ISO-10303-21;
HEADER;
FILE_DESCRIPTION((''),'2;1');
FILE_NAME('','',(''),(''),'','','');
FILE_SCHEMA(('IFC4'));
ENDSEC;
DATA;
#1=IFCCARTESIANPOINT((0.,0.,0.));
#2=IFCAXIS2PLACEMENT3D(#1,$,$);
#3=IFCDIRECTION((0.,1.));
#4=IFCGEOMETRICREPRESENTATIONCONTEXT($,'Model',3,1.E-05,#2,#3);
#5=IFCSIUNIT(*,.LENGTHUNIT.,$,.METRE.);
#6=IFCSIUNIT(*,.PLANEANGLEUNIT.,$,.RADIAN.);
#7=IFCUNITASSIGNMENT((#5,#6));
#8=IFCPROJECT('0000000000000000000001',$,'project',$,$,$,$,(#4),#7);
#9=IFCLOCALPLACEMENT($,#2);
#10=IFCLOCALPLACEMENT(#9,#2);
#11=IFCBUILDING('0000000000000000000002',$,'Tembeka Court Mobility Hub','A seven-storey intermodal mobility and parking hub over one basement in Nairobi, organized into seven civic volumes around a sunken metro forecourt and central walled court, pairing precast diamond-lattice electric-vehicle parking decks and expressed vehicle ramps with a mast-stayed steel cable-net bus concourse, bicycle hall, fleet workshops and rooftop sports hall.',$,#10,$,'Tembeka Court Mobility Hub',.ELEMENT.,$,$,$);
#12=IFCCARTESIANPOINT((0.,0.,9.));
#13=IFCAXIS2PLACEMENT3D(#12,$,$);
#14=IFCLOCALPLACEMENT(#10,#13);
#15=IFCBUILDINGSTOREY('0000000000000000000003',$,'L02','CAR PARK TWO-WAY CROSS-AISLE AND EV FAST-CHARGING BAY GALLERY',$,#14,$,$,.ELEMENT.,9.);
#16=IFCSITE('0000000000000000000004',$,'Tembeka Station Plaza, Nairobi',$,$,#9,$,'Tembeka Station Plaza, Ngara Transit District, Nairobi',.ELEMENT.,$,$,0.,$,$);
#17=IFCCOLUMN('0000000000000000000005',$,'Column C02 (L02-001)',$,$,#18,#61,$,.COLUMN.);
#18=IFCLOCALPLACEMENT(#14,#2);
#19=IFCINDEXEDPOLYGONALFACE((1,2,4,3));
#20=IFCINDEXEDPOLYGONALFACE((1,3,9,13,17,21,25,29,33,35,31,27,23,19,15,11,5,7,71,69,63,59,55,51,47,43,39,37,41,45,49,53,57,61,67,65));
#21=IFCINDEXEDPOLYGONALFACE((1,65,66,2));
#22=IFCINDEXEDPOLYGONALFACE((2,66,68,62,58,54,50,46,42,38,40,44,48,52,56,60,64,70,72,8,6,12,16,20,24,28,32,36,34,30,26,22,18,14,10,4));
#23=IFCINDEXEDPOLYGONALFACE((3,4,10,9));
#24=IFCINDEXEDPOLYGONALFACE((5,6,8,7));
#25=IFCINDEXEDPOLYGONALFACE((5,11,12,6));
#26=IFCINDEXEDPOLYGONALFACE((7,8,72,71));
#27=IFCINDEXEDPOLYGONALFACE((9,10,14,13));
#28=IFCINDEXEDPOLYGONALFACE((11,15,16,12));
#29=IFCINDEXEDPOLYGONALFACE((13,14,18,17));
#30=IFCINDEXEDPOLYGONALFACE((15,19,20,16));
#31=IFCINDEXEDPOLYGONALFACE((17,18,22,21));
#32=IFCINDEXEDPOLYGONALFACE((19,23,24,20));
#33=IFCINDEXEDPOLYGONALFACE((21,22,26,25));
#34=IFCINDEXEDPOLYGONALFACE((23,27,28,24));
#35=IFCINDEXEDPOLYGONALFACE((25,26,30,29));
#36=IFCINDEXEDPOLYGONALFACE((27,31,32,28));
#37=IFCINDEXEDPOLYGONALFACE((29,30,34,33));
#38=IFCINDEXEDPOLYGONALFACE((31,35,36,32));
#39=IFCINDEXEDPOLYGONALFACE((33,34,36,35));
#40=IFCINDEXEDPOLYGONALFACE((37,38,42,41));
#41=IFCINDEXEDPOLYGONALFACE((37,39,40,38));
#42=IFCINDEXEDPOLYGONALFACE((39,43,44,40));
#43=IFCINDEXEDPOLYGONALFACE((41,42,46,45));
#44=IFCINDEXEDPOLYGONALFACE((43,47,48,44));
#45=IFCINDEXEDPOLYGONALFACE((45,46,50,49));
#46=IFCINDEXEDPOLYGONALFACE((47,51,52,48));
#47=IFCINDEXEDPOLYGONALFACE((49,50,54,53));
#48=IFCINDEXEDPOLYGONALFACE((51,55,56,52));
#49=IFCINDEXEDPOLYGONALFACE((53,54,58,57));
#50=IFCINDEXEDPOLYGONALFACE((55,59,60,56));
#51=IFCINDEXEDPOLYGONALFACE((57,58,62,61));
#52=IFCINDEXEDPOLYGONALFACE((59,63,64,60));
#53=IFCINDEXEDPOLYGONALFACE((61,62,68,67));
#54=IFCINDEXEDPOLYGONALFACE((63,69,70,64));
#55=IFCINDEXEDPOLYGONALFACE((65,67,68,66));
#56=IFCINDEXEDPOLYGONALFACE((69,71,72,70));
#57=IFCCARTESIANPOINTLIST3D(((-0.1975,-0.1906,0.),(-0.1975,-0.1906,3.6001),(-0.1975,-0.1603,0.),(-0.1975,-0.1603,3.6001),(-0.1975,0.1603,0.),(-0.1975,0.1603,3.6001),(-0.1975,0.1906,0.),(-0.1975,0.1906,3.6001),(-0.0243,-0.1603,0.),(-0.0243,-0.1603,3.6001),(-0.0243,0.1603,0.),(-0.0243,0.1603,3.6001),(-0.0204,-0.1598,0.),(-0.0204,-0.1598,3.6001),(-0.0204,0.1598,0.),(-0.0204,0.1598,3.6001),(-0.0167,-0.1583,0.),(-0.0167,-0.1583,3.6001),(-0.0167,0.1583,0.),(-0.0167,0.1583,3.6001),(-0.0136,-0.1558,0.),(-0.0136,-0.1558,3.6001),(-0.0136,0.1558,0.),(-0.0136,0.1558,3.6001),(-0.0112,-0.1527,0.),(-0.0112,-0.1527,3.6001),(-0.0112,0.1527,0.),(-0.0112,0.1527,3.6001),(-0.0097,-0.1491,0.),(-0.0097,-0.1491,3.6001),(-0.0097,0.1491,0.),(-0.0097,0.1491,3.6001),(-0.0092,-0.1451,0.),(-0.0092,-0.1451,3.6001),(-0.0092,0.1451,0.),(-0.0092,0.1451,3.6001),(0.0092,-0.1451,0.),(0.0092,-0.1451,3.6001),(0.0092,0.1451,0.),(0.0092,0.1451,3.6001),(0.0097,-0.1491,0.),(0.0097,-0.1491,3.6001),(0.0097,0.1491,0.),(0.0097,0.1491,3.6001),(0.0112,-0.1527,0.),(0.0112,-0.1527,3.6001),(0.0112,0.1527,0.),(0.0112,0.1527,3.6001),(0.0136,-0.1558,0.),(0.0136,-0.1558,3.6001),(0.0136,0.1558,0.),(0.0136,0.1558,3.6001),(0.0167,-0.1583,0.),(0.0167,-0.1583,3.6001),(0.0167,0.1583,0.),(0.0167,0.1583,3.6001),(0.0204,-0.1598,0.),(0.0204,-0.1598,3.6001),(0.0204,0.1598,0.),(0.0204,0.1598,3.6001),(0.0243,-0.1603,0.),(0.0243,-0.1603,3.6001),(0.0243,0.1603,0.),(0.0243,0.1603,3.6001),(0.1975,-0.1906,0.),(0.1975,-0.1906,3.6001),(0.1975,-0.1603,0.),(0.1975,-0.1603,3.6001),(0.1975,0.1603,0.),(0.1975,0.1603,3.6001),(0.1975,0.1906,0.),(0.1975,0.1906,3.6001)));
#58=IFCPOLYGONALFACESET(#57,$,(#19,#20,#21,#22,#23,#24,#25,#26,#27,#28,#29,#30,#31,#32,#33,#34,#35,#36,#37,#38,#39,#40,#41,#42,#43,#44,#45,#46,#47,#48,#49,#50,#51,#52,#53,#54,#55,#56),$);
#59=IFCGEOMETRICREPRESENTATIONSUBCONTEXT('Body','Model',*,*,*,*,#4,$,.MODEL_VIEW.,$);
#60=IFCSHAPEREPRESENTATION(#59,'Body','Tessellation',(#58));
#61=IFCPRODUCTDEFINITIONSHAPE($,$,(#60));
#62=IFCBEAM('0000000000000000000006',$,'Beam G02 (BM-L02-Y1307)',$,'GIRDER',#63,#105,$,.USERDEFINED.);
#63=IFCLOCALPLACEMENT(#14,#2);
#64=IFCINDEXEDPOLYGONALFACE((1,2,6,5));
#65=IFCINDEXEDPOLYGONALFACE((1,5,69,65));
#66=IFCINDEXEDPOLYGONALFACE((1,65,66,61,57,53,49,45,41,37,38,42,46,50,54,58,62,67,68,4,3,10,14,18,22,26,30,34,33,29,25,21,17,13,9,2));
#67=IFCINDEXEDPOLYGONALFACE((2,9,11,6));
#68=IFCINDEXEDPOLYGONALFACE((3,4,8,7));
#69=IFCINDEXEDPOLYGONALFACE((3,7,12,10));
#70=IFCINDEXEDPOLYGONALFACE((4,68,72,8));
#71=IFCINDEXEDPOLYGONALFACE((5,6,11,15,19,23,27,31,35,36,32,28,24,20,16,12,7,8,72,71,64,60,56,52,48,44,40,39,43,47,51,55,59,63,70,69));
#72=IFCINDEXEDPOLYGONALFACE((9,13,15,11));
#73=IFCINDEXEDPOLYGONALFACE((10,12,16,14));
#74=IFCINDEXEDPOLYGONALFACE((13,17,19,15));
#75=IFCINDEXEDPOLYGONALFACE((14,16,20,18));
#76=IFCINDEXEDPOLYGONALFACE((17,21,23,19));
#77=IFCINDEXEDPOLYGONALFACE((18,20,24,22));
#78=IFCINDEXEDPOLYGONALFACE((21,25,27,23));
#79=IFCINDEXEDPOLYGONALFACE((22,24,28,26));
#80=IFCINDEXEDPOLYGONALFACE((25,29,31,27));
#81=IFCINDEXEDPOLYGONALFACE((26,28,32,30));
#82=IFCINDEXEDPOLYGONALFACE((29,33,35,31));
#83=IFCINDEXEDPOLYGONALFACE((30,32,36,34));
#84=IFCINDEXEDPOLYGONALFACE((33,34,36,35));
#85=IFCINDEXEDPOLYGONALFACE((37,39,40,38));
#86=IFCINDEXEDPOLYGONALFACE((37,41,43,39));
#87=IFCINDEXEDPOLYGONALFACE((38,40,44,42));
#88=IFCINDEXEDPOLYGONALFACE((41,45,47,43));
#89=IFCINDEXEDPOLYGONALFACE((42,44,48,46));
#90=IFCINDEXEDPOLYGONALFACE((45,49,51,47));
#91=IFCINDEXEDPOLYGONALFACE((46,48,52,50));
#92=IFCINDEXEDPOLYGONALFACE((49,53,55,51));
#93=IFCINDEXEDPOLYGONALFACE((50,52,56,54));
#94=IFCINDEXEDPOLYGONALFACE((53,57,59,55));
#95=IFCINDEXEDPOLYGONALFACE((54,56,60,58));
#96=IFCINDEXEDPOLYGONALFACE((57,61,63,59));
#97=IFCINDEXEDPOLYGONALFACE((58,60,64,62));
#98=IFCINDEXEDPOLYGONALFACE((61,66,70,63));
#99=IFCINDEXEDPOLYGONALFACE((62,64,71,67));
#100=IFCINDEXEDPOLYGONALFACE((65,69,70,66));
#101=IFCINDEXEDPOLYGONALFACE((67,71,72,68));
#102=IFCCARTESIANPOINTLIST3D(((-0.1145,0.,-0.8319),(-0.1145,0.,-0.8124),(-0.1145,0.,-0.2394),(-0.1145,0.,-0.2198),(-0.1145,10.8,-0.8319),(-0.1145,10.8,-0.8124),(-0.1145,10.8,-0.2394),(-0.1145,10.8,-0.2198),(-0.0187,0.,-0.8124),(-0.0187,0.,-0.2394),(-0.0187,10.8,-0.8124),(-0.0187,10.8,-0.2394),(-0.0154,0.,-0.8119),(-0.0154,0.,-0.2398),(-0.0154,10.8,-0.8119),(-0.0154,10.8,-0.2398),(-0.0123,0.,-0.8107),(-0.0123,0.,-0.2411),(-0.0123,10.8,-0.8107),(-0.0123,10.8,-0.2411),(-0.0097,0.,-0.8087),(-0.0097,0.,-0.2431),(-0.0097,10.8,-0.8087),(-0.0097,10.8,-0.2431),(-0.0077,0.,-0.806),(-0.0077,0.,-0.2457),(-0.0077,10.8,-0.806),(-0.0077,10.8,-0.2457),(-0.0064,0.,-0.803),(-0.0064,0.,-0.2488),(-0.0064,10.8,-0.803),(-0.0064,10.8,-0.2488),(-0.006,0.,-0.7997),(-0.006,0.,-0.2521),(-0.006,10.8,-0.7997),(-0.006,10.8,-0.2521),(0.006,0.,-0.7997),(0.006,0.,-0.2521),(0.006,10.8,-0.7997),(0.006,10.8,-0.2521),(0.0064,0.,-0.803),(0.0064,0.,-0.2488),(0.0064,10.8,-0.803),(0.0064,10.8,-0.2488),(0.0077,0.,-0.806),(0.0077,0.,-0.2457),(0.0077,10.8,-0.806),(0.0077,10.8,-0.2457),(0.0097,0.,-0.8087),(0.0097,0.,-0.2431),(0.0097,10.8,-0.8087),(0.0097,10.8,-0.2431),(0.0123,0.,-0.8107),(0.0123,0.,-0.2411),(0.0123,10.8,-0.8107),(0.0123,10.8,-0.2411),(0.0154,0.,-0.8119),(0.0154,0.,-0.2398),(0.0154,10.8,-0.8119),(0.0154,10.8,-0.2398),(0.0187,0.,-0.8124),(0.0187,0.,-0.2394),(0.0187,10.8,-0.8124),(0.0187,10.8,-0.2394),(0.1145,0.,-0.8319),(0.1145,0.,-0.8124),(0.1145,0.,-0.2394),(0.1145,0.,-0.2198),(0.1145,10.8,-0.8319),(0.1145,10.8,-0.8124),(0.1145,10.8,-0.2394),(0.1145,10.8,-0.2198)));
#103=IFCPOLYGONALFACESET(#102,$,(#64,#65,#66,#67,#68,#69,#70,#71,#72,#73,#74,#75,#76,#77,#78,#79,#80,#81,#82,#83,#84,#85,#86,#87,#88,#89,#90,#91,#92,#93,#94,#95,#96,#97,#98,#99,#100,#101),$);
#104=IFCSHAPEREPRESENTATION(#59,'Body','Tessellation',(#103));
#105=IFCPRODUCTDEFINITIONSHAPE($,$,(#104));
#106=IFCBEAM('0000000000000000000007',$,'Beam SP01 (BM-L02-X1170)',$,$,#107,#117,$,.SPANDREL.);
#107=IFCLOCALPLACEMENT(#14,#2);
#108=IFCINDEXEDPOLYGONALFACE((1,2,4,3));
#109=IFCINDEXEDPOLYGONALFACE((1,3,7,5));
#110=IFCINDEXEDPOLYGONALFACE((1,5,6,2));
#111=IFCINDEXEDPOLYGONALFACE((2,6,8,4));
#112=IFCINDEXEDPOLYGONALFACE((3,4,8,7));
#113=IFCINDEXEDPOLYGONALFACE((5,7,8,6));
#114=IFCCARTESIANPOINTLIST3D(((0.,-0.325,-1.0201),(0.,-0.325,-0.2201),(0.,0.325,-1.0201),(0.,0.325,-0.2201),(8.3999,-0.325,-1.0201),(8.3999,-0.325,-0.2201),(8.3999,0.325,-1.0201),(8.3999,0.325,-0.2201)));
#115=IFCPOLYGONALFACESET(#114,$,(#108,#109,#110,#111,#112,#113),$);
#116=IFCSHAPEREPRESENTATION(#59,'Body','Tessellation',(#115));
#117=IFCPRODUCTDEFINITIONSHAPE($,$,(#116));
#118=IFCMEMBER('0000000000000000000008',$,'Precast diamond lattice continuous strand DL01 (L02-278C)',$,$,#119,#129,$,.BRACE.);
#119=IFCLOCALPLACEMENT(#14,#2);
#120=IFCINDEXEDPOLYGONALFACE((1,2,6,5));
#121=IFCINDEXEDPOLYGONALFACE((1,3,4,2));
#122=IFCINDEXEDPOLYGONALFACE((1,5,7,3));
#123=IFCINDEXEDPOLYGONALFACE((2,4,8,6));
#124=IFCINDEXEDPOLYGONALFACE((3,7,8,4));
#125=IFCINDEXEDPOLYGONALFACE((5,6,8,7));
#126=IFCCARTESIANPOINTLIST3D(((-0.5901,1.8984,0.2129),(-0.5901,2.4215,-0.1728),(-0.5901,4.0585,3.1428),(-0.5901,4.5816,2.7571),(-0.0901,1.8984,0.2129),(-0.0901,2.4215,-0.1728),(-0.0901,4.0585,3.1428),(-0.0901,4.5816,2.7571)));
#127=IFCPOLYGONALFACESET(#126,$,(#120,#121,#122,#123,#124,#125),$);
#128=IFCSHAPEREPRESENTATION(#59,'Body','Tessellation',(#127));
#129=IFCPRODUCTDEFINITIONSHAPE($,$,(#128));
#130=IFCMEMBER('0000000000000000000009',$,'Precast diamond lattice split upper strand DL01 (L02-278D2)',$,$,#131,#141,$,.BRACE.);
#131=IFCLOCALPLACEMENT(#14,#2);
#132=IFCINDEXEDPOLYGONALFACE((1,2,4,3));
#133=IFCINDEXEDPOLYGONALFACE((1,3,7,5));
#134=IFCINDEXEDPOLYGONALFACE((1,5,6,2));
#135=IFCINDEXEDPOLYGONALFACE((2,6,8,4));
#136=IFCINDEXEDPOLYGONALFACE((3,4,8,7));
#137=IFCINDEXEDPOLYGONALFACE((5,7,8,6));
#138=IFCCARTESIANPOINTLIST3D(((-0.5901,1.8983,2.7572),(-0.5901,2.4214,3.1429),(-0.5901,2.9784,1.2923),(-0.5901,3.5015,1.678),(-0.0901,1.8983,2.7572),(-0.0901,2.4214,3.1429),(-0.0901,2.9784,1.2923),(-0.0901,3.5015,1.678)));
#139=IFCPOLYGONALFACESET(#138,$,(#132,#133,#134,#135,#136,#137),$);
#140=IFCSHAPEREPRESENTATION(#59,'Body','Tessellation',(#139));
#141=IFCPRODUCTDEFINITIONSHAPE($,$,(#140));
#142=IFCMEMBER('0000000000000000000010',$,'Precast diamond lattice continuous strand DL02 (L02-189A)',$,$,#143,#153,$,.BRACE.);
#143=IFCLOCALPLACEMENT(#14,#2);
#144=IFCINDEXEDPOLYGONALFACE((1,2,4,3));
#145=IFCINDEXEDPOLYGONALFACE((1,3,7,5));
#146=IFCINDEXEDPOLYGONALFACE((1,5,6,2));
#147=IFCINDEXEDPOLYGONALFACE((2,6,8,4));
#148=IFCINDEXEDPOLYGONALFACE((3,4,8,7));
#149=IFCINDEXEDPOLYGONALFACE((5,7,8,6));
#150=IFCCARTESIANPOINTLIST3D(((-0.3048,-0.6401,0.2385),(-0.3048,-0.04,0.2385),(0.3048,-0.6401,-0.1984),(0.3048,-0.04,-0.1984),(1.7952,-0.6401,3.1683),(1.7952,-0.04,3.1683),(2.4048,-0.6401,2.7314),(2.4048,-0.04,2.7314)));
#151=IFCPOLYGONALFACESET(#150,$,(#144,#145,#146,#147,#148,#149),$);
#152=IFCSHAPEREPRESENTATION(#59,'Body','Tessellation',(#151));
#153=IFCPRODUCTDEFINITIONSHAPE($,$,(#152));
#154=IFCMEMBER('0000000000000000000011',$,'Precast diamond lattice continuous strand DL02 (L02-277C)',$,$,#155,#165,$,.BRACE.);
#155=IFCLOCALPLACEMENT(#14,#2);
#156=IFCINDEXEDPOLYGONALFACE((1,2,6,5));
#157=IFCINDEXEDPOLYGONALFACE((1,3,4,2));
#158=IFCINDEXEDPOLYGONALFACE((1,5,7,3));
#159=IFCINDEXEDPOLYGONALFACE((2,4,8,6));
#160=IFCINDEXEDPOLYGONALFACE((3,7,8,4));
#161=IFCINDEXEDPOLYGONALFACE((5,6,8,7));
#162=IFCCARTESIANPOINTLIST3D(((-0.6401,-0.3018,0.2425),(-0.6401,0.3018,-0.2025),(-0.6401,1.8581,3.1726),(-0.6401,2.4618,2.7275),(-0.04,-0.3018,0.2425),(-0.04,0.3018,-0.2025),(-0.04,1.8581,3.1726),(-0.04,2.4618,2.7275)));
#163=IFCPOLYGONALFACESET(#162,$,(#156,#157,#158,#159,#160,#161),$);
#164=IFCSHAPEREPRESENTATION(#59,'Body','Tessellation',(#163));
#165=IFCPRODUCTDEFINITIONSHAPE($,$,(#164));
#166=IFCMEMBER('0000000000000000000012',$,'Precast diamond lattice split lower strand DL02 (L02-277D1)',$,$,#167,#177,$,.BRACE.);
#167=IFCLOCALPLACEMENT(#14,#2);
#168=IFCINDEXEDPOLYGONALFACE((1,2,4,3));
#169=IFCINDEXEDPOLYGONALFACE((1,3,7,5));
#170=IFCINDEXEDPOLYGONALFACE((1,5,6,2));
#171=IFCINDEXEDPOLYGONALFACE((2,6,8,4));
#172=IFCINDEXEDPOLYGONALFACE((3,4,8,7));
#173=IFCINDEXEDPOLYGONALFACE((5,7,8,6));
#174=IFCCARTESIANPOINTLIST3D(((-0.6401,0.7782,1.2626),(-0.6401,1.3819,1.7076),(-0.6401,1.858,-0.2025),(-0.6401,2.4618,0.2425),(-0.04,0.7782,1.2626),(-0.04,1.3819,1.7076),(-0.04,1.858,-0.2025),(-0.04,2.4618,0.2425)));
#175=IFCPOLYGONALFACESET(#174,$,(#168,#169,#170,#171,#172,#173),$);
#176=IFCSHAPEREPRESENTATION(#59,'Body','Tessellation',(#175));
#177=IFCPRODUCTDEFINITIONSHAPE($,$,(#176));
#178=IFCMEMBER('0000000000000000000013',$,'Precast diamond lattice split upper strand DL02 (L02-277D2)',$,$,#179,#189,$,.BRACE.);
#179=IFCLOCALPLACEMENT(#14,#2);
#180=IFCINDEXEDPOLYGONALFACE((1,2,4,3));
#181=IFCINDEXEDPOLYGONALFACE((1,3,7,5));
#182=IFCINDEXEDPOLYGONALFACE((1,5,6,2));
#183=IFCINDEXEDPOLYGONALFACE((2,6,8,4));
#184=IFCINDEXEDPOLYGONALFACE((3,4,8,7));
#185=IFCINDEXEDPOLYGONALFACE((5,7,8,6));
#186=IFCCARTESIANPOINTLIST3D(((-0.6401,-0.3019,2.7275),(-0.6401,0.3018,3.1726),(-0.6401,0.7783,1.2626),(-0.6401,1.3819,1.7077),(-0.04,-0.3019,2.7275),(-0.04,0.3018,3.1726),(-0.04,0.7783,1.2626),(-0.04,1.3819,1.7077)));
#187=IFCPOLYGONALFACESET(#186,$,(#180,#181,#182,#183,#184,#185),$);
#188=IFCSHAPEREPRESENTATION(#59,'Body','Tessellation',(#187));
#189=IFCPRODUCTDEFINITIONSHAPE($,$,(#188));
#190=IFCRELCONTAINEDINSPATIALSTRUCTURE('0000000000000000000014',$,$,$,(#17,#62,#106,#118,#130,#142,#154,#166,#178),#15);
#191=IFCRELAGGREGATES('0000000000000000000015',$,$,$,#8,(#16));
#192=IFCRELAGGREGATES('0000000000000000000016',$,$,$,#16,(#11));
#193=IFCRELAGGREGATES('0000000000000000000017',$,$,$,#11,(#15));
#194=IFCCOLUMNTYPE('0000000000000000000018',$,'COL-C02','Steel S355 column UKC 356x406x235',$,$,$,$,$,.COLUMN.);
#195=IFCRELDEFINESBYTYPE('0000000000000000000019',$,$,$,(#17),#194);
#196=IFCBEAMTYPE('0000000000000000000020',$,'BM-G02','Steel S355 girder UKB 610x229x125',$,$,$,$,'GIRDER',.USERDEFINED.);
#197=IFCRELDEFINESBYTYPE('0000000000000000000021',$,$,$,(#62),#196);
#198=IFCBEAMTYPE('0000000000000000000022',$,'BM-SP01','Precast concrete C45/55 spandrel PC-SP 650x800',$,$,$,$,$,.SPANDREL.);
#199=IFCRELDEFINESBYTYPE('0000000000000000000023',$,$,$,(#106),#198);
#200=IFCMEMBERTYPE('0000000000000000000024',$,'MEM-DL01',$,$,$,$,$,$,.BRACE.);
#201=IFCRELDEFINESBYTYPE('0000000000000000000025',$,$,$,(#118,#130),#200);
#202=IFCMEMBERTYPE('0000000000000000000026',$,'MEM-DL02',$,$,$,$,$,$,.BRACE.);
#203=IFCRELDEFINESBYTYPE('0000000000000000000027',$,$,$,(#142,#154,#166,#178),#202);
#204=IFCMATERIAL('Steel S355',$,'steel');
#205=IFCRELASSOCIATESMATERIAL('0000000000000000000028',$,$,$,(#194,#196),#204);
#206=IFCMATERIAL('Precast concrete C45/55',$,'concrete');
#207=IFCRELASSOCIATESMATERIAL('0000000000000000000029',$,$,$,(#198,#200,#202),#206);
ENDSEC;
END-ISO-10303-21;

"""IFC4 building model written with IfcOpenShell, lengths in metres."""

from ifc_helpers import new_model, si_unit, direction, frame, origin, origin_with_axes, origin_2d, place, context, subcontext, project, spatial, rectangle, i_section, extrude, material, material_profile, profile_set, type_object, element, save


model = new_model("IFC4")

# Units and contexts
model_context = context("Model", 3, precision=1e-05, world=origin(), true_north=direction((0.0, 1.0)))
body_context = subcontext(model_context, "Body", "Model", "MODEL_VIEW")
ifc_project = project(units=[si_unit("LENGTHUNIT", "METRE"), si_unit("PLANEANGLEUNIT", "RADIAN")], contexts=[model_context])

# Site, building, storey
site_placement = place(None, origin())
site = spatial("IfcSite", under=ifc_project, at=site_placement, Name="Tembeka Station Plaza, Nairobi", LongName="Tembeka Station Plaza, Ngara Transit District, Nairobi", CompositionType="ELEMENT", RefElevation=0.0)
building_placement = place(site_placement, origin())
building = spatial("IfcBuilding", under=site, at=building_placement, Name="Tembeka Court Mobility Hub", Description="A seven-storey intermodal mobility and parking hub over one basement in Nairobi, organized into seven civic volumes around a sunken metro forecourt and central walled court, pairing precast diamond-lattice electric-vehicle parking decks and expressed vehicle ramps with a mast-stayed steel cable-net bus concourse, bicycle hall, fleet workshops and rooftop sports hall.", LongName="Tembeka Court Mobility Hub", CompositionType="ELEMENT")
storey_placement = place(building_placement, frame((0.0, 0.0, 9.0)))
storey = spatial("IfcBuildingStorey", under=building, at=storey_placement, Name="L02", Description="CAR PARK TWO-WAY CROSS-AISLE AND EV FAST-CHARGING BAY GALLERY", CompositionType="ELEMENT", Elevation=9.0)

# Column
ifc_material_1 = material(Name="Steel S355", Category="steel")
ifc_material_profile_1 = material_profile(ifc_material_1, i_section(OverallWidth=0.395, OverallDepth=0.3811, WebThickness=0.0183, FlangeThickness=0.0303, FilletRadius=0.0151, at=origin_2d()), Name="UKC 356x406x235")
ifc_profile_set_1 = profile_set([ifc_material_profile_1], Name="Steel S355")
column_type = type_object("IfcColumnType", Name="COL-C02", Description="Steel S355 column UKC 356x406x235", PredefinedType="COLUMN", material=ifc_profile_set_1)
column_placement = place(storey_placement, origin_with_axes())
element("IfcColumn", 1, at=column_placement, inside=storey, type_object=column_type, Name="Column C02 (L02-001)", PredefinedType="COLUMN", context=body_context, shape_type="SweptSolid", body=[
    extrude(i_section(OverallWidth=0.395, OverallDepth=0.3811, WebThickness=0.0183, FlangeThickness=0.0303, FilletRadius=0.0151, at=origin_2d()), origin(), (0.0, 0.0, 1.0), 3.6001),
])

# Beams
ifc_material_profile_2 = material_profile(ifc_material_1, i_section(OverallWidth=0.229, OverallDepth=0.6121, WebThickness=0.012, FlangeThickness=0.0195, FilletRadius=0.0127, at=origin_2d()), Name="UKB 610x229x125")
ifc_profile_set_2 = profile_set([ifc_material_profile_2], Name="Steel S355")
beam_type_1 = type_object("IfcBeamType", Name="BM-G02", Description="Steel S355 girder UKB 610x229x125", ElementType="GIRDER", PredefinedType="USERDEFINED", material=ifc_profile_set_2)
beam_1_placement = place(storey_placement, frame((0.0, 0.0, -0.5259), z_axis=(0.0, 1.0, 0.0), x_axis=(-1.0, 0.0, 0.0)))
element("IfcBeam", 2, at=beam_1_placement, inside=storey, type_object=beam_type_1, Name="Beam G02 (BM-L02-Y1307)", ObjectType="GIRDER", PredefinedType="USERDEFINED", context=body_context, shape_type="SweptSolid", body=[
    extrude(i_section(OverallWidth=0.229, OverallDepth=0.6121, WebThickness=0.012, FlangeThickness=0.0195, FilletRadius=0.0127, at=origin_2d()), origin(), (0.0, 0.0, 1.0), 10.8),
])
ifc_material_2 = material(Name="Precast concrete C45/55", Category="concrete")
ifc_material_profile_3 = material_profile(ifc_material_2, rectangle(XDim=0.6499, YDim=0.8, at=origin_2d()), Name="PC-SP 650x800")
ifc_profile_set_3 = profile_set([ifc_material_profile_3], Name="Precast concrete C45/55")
beam_type_2 = type_object("IfcBeamType", Name="BM-SP01", Description="Precast concrete C45/55 spandrel PC-SP 650x800", PredefinedType="SPANDREL", material=ifc_profile_set_3)
beam_2_placement = place(storey_placement, frame((0.0, 0.0, -0.6201), z_axis=(1.0, 0.0, 0.0), x_axis=(0.0, 1.0, 0.0)))
element("IfcBeam", 3, at=beam_2_placement, inside=storey, type_object=beam_type_2, Name="Beam SP01 (BM-L02-X1170)", PredefinedType="SPANDREL", context=body_context, shape_type="SweptSolid", body=[
    extrude(rectangle(XDim=0.6499, YDim=0.8, at=origin_2d()), origin(), (0.0, 0.0, 1.0), 8.3999),
])

# Members
ifc_material_profile_4 = material_profile(ifc_material_2, rectangle(XDim=0.5, YDim=0.6499, at=origin_2d()), Name="PC-DIAG 500x650")
ifc_profile_set_4 = profile_set([ifc_material_profile_4], Name="Precast concrete C45/55")
member_type_1 = type_object("IfcMemberType", Name="MEM-DL01", PredefinedType="BRACE", material=ifc_profile_set_4)
member_1_placement = place(storey_placement, frame((-0.3401, 2.1599, 0.02), z_axis=(0.0, 0.593423, 0.804891), x_axis=(-1.0, 0.0, 0.0)))
element("IfcMember", 4, at=member_1_placement, inside=storey, type_object=member_type_1, Name="Precast diamond lattice continuous strand DL01 (L02-278C)", PredefinedType="BRACE", context=body_context, shape_type="SweptSolid", body=[
    extrude(rectangle(XDim=0.5, YDim=0.6499, at=origin_2d()), origin(), (0.0, 0.0, 1.0), 3.6401),
])
member_2_placement = place(storey_placement, frame((-0.3401, 3.24, 1.4851), z_axis=(0.0, -0.593455, 0.804867), x_axis=(1.0, 0.0, 0.0)))
element("IfcMember", 5, at=member_2_placement, inside=storey, type_object=member_type_1, Name="Precast diamond lattice split upper strand DL01 (L02-278D2)", PredefinedType="BRACE", context=body_context, shape_type="SweptSolid", body=[
    extrude(rectangle(XDim=0.5, YDim=0.6499, at=origin_2d()), origin(), (0.0, 0.0, 1.0), 1.8201),
])
ifc_material_profile_5 = material_profile(ifc_material_2, rectangle(XDim=0.6001, YDim=0.75, at=origin_2d()), Name="PC-DIAG 600x750")
ifc_profile_set_5 = profile_set([ifc_material_profile_5], Name="Precast concrete C45/55")
member_type_2 = type_object("IfcMemberType", Name="MEM-DL02", PredefinedType="BRACE", material=ifc_profile_set_5)
member_3_placement = place(storey_placement, frame((0.0, -0.3401, 0.02), z_axis=(0.582576, 0.0, 0.812776), x_axis=(0.0, 1.0, 0.0)))
element("IfcMember", 6, at=member_3_placement, inside=storey, type_object=member_type_2, Name="Precast diamond lattice continuous strand DL02 (L02-189A)", PredefinedType="BRACE", context=body_context, shape_type="SweptSolid", body=[
    extrude(rectangle(XDim=0.6001, YDim=0.75, at=origin_2d()), origin(), (0.0, 0.0, 1.0), 3.6047),
])
member_4_placement = place(storey_placement, frame((-0.3401, 0.0, 0.02), z_axis=(0.0, 0.59338, 0.804923), x_axis=(-1.0, 0.0, 0.0)))
element("IfcMember", 7, at=member_4_placement, inside=storey, type_object=member_type_2, Name="Precast diamond lattice continuous strand DL02 (L02-277C)", PredefinedType="BRACE", context=body_context, shape_type="SweptSolid", body=[
    extrude(rectangle(XDim=0.6001, YDim=0.75, at=origin_2d()), origin(), (0.0, 0.0, 1.0), 3.6401),
])
for number, where, z_axis, x_axis, name in (
    (8, (-0.3401, 2.1599, 0.02), (0.0, -0.593304, 0.804978), (1.0, 0.0, 0.0), "Precast diamond lattice split lower strand DL02 (L02-277D1)"),
    (9, (-0.3401, 1.0801, 1.4851), (0.0, -0.593455, 0.804867), (1.0, 0.0, 0.0), "Precast diamond lattice split upper strand DL02 (L02-277D2)"),
):
    element("IfcMember", number, at=place(storey_placement, frame(where, z_axis=z_axis, x_axis=x_axis)), inside=storey, type_object=member_type_2, Name=name, PredefinedType="BRACE", context=body_context, shape_type="SweptSolid", body=[
        extrude(rectangle(XDim=0.6001, YDim=0.75, at=origin_2d()), origin(), (0.0, 0.0, 1.0), 1.8201),
    ])

save(model, "model.ifc")
